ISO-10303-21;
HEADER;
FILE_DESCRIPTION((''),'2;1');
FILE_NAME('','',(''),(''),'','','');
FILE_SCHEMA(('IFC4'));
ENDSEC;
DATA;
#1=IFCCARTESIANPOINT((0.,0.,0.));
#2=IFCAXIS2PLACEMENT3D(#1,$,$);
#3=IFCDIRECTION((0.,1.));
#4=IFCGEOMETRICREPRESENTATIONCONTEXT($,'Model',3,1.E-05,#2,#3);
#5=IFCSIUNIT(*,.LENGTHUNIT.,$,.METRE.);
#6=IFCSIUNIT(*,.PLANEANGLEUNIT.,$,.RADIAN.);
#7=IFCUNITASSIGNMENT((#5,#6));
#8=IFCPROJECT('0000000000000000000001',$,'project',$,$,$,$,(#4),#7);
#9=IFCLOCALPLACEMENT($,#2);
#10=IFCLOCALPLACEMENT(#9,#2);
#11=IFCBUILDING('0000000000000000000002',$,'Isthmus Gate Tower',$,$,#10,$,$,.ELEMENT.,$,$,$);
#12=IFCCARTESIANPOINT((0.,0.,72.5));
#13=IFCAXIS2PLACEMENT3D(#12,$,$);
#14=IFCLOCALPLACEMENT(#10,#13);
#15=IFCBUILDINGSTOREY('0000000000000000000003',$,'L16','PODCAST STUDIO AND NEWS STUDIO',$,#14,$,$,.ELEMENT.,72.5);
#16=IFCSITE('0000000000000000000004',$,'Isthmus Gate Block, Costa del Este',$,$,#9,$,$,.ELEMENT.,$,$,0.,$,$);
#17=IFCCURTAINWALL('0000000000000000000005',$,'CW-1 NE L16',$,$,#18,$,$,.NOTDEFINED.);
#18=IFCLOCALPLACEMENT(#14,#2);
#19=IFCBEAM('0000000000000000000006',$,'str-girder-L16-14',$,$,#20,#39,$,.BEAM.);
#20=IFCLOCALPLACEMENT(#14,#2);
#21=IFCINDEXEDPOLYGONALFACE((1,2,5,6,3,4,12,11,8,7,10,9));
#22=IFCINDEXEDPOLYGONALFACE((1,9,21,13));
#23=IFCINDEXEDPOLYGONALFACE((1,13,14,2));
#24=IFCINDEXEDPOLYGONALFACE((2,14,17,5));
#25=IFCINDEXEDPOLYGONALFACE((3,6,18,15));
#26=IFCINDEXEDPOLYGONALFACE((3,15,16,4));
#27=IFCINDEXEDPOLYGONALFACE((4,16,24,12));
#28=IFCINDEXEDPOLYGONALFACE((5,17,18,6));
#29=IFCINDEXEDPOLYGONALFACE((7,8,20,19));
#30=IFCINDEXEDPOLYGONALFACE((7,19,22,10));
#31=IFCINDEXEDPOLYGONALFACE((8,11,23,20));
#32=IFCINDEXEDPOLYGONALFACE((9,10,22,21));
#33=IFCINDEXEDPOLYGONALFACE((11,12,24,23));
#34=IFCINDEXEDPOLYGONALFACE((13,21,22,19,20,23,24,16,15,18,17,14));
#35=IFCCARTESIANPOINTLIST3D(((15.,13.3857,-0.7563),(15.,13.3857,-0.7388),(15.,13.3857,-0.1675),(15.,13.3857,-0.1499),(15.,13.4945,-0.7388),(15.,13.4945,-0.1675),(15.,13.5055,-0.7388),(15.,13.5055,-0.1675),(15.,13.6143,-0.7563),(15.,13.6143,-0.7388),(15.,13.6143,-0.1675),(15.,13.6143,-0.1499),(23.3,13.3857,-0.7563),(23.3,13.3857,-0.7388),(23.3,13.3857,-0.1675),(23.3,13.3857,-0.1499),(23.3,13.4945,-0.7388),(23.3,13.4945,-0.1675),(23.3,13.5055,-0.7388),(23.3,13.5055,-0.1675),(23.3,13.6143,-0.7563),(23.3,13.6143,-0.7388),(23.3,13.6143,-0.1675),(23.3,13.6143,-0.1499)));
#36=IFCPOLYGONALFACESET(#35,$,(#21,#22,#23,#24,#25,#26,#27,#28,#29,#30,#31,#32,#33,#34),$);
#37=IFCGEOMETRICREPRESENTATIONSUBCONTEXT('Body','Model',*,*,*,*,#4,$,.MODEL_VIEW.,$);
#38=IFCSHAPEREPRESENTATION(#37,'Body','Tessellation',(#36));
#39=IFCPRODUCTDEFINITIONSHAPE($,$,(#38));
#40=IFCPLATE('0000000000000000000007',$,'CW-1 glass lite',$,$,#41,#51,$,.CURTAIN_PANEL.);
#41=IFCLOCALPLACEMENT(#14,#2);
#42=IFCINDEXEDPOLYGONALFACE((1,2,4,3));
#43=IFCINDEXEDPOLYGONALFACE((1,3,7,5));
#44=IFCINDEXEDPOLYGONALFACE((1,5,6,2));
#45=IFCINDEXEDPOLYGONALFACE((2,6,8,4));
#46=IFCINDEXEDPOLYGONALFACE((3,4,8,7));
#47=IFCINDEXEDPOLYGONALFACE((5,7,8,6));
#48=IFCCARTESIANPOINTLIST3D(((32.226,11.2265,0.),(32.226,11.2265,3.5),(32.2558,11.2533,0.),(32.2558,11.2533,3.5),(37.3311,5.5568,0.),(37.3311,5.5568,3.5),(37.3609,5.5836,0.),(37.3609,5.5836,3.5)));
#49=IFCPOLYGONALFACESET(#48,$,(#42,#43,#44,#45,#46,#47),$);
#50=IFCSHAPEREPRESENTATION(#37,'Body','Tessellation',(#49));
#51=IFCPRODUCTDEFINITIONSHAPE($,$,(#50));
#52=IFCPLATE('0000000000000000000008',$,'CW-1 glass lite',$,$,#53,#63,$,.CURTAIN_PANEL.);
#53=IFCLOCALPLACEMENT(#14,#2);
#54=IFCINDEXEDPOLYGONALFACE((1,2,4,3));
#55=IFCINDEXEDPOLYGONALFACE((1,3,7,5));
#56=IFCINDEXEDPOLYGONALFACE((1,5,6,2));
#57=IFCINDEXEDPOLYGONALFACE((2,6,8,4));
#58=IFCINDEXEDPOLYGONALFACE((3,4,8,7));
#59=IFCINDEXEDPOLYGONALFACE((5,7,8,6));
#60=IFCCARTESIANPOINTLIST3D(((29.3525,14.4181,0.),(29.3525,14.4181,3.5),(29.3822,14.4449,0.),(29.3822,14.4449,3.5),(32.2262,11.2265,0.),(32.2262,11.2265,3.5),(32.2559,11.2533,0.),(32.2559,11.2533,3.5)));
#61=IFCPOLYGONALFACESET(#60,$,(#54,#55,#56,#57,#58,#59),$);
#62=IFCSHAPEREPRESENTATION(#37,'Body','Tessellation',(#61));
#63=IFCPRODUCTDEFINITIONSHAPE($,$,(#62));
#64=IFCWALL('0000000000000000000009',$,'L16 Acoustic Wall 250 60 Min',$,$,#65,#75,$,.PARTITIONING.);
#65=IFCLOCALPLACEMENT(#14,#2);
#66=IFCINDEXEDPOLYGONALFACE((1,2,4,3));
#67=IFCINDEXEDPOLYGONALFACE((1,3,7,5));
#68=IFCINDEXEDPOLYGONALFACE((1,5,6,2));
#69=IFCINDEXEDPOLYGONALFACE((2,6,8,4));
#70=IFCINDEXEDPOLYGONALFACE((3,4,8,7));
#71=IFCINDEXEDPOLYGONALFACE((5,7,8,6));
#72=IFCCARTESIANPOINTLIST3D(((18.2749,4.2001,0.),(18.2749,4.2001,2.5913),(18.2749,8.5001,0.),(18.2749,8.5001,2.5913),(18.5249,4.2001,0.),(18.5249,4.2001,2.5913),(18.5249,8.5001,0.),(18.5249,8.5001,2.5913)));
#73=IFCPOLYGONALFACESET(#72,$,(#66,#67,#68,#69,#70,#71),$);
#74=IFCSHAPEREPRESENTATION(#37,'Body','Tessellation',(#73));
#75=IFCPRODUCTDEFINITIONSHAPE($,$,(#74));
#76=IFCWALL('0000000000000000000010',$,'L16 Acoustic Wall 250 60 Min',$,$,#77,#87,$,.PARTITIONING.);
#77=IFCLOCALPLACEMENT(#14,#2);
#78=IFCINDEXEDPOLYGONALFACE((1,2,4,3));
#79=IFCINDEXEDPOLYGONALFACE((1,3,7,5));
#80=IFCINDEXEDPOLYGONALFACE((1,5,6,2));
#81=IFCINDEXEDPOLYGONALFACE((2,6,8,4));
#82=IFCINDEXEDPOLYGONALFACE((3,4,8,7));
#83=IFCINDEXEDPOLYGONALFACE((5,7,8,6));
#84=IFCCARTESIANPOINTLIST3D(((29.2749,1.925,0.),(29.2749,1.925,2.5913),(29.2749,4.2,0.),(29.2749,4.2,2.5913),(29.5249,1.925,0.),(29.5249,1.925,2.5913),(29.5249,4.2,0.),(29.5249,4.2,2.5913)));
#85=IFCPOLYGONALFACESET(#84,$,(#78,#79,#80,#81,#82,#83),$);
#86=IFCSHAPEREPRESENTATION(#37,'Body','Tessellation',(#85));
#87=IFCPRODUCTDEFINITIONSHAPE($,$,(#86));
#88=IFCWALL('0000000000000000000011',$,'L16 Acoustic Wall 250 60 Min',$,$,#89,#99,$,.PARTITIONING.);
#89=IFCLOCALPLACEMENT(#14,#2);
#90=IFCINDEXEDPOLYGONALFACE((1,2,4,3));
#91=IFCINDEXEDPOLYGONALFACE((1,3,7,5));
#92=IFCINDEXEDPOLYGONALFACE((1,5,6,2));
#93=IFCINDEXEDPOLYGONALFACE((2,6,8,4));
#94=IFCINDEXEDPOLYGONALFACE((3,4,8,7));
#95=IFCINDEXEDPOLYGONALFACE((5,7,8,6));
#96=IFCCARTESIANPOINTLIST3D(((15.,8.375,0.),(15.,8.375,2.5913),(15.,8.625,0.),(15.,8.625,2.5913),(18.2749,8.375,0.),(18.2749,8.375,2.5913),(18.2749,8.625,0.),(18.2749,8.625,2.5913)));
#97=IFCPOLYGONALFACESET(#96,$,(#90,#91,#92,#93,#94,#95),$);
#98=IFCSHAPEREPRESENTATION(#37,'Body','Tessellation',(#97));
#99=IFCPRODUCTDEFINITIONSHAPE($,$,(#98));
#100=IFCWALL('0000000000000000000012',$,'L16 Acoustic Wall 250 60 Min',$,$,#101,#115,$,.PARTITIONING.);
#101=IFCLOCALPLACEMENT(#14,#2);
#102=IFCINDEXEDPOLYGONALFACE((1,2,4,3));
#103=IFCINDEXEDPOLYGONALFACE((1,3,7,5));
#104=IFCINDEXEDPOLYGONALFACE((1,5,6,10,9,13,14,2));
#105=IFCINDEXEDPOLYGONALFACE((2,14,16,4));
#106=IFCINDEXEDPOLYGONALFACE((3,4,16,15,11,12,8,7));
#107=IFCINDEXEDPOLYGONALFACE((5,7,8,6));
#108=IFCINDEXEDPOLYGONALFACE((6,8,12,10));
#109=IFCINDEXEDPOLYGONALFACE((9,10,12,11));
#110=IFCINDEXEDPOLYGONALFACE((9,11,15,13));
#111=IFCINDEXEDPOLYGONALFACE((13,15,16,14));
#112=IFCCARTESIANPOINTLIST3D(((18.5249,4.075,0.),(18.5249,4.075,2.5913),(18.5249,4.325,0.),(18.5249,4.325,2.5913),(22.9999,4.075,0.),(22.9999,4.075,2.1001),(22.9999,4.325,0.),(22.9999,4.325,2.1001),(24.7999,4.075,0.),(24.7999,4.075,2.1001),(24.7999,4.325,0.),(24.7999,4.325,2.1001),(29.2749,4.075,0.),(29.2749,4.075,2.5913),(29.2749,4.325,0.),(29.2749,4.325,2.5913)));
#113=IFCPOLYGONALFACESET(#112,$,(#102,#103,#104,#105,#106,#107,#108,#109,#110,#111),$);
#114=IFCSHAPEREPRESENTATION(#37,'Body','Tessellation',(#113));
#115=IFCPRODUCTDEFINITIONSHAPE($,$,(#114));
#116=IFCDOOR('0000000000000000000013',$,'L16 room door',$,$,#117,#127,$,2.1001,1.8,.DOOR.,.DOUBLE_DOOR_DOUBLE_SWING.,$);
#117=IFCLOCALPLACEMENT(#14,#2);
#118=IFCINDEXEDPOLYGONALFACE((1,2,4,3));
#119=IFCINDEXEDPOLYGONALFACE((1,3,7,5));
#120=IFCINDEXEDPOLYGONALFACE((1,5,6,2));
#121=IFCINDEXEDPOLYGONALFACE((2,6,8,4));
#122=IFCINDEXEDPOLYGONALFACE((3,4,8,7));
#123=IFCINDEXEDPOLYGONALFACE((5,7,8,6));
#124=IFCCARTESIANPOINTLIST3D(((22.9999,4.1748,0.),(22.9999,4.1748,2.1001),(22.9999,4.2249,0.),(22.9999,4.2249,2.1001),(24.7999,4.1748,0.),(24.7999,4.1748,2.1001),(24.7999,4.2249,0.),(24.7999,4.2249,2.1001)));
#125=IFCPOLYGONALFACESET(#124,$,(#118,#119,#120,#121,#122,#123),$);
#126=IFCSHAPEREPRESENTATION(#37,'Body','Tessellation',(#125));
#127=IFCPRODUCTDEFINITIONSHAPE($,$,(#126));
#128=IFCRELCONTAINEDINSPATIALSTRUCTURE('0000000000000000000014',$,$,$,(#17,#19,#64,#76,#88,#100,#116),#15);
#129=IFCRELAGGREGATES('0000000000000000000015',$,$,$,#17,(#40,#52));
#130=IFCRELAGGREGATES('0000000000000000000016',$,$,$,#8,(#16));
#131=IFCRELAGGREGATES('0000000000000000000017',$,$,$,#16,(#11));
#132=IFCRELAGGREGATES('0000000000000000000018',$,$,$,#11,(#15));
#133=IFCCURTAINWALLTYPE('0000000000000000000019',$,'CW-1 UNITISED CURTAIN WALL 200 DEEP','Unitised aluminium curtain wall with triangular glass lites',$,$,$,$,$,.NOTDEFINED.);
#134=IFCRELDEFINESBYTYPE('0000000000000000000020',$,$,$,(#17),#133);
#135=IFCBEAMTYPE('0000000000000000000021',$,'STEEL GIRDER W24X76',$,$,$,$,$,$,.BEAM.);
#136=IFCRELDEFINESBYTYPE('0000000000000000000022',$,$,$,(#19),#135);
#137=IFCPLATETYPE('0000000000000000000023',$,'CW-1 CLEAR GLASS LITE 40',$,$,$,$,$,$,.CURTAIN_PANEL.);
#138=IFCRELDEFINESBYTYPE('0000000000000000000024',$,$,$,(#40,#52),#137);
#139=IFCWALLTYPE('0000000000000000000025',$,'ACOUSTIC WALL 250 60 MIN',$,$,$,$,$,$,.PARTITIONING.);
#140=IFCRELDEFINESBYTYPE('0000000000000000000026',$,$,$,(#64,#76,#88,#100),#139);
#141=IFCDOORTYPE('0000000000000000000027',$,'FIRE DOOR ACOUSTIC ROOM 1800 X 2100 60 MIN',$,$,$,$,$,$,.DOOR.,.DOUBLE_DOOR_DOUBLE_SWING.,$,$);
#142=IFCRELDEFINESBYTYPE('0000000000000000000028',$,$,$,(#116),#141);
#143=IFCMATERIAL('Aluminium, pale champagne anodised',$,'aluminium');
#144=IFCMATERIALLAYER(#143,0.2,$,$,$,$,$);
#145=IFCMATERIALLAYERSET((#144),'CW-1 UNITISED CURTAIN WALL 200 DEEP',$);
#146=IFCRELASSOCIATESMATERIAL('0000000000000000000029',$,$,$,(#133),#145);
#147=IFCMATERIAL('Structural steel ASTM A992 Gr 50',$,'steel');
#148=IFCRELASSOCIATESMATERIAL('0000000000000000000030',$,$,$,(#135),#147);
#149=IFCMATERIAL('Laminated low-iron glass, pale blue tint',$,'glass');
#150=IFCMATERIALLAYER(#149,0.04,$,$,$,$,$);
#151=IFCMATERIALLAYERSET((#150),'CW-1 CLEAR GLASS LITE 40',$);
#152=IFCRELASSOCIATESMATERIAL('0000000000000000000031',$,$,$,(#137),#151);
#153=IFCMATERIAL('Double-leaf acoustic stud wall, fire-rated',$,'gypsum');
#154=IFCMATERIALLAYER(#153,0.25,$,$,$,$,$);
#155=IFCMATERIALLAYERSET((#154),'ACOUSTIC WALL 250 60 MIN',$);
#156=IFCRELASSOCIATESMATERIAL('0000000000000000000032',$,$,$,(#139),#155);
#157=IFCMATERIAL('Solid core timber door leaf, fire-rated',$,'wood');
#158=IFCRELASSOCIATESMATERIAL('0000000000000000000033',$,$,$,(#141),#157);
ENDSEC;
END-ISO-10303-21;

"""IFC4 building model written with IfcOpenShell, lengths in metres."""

from ifc_helpers import new_model, si_unit, direction, frame, frame_2d, origin, origin_2d, place, context, subcontext, project, spatial, rectangle, i_section, extrude, material, layer, layer_set, material_profile, profile_set, type_object, element, fill, aggregate, save


model = new_model("IFC4")

# Units and contexts
model_context = context("Model", 3, precision=1e-05, world=origin(), true_north=direction((0.0, 1.0)))
body_context = subcontext(model_context, "Body", "Model", "MODEL_VIEW")
ifc_project = project(units=[si_unit("LENGTHUNIT", "METRE"), si_unit("PLANEANGLEUNIT", "RADIAN")], contexts=[model_context])

# Site, building, storey
site_placement = place(None, origin())
site = spatial("IfcSite", under=ifc_project, at=site_placement, Name="Isthmus Gate Block, Costa del Este", CompositionType="ELEMENT", RefElevation=0.0)
building_placement = place(site_placement, origin())
building = spatial("IfcBuilding", under=site, at=building_placement, Name="Isthmus Gate Tower", CompositionType="ELEMENT")
storey_placement = place(building_placement, frame((0.0, 0.0, 72.5)))
storey = spatial("IfcBuildingStorey", under=building, at=storey_placement, Name="L16", Description="PODCAST STUDIO AND NEWS STUDIO", CompositionType="ELEMENT", Elevation=72.5)

# Curtain wall
ifc_material_1 = material(Name="Aluminium, pale champagne anodised", Category="aluminium")
ifc_layer_1 = layer(ifc_material_1, 0.2)
ifc_layer_set_1 = layer_set([ifc_layer_1], Name="CW-1 UNITISED CURTAIN WALL 200 DEEP")
curtain_wall_type = type_object("IfcCurtainWallType", Name="CW-1 UNITISED CURTAIN WALL 200 DEEP", Description="Unitised aluminium curtain wall with triangular glass lites", PredefinedType="NOTDEFINED", material=ifc_layer_set_1)
curtain_wall_placement = place(storey_placement, origin())
curtain_wall = element("IfcCurtainWall", 1, at=curtain_wall_placement, inside=storey, type_object=curtain_wall_type, Name="CW-1 NE L16", PredefinedType="NOTDEFINED")

# Beam
ifc_material_2 = material(Name="Structural steel ASTM A992 Gr 50", Category="steel")
ifc_material_profile_1 = material_profile(ifc_material_2, i_section(OverallWidth=0.2285, OverallDepth=0.6064, WebThickness=0.011, FlangeThickness=0.0176, at=origin_2d()), Name="W24X76")
ifc_profile_set_1 = profile_set([ifc_material_profile_1], Name="Structural steel ASTM A992 Gr 50")
beam_type_1 = type_object("IfcBeamType", Name="STEEL GIRDER W24X76", PredefinedType="BEAM", material=ifc_profile_set_1)
beam_1_placement = place(storey_placement, frame((15.0, 13.5, -0.4531), z_axis=(1.0, 0.0, 0.0), x_axis=(0.0, 1.0, 0.0)))
element("IfcBeam", 2, at=beam_1_placement, inside=storey, type_object=beam_type_1, Name="str-girder-L16-14", PredefinedType="BEAM", context=body_context, shape_type="SweptSolid", body=[
    extrude(i_section(OverallWidth=0.2285, OverallDepth=0.6064, WebThickness=0.011, FlangeThickness=0.0176, at=origin_2d()), origin(), (0.0, 0.0, 1.0), 8.3),
])

# Plates
ifc_material_3 = material(Name="Laminated low-iron glass, pale blue tint", Category="glass")
ifc_layer_2 = layer(ifc_material_3, 0.04)
ifc_layer_set_2 = layer_set([ifc_layer_2], Name="CW-1 CLEAR GLASS LITE 40")
plate_type = type_object("IfcPlateType", Name="CW-1 CLEAR GLASS LITE 40", PredefinedType="CURTAIN_PANEL", material=ifc_layer_set_2)
plate_1_placement = place(storey_placement, frame((34.7935, 8.405, 0.0), z_axis=(0.0, 0.0, 1.0), x_axis=(-0.669131, 0.743145, 0.0)))
plate_1 = element("IfcPlate", 3, at=plate_1_placement, type_object=plate_type, Name="CW-1 glass lite", PredefinedType="CURTAIN_PANEL", context=body_context, shape_type="SweptSolid", body=[
    extrude(rectangle(XDim=7.6294, YDim=0.04, at=origin_2d()), origin(), (0.0, 0.0, 1.0), 3.5),
])
plate_2_placement = place(storey_placement, frame((30.8042, 12.8357, 0.0), z_axis=(0.0, 0.0, 1.0), x_axis=(-0.669131, 0.743145, 0.0)))
plate_2 = element("IfcPlate", 4, at=plate_2_placement, type_object=plate_type, Name="CW-1 glass lite", PredefinedType="CURTAIN_PANEL", context=body_context, shape_type="SweptSolid", body=[
    extrude(rectangle(XDim=4.2947, YDim=0.04, at=origin_2d()), origin(), (0.0, 0.0, 1.0), 3.5),
])
aggregate(curtain_wall, [plate_1, plate_2])

# Walls
ifc_material_4 = material(Name="Double-leaf acoustic stud wall, fire-rated", Category="gypsum")
ifc_layer_3 = layer(ifc_material_4, 0.25)
ifc_layer_set_3 = layer_set([ifc_layer_3], Name="ACOUSTIC WALL 250 60 MIN")
wall_type = type_object("IfcWallType", Name="ACOUSTIC WALL 250 60 MIN", PredefinedType="PARTITIONING", material=ifc_layer_set_3)
wall_1_placement = place(storey_placement, frame((18.3999, 8.5, 0.0), z_axis=(0.0, 0.0, 1.0), x_axis=(0.0, -1.0, 0.0)))
element("IfcWall", 5, at=wall_1_placement, inside=storey, type_object=wall_type, Name="L16 Acoustic Wall 250 60 Min", PredefinedType="PARTITIONING", context=body_context, shape_type="SweptSolid", body=[
    extrude(rectangle(XDim=4.3, YDim=0.25, at=frame_2d((2.1499, 0.0))), origin(), (0.0, 0.0, 1.0), 2.5913),
])
wall_2_placement = place(storey_placement, frame((29.3999, 4.2, 0.0), z_axis=(0.0, 0.0, 1.0), x_axis=(0.0, -1.0, 0.0)))
element("IfcWall", 6, at=wall_2_placement, inside=storey, type_object=wall_type, Name="L16 Acoustic Wall 250 60 Min", PredefinedType="PARTITIONING", context=body_context, shape_type="SweptSolid", body=[
    extrude(rectangle(XDim=2.2749, YDim=0.25, at=frame_2d((1.1375, 0.0))), origin(), (0.0, 0.0, 1.0), 2.5913),
])
wall_3_placement = place(storey_placement, frame((15.0, 8.5, 0.0), z_axis=(0.0, 0.0, 1.0), x_axis=(1.0, 0.0, 0.0)))
element("IfcWall", 7, at=wall_3_placement, inside=storey, type_object=wall_type, Name="L16 Acoustic Wall 250 60 Min", PredefinedType="PARTITIONING", context=body_context, shape_type="SweptSolid", body=[
    extrude(rectangle(XDim=3.2749, YDim=0.25, at=frame_2d((1.6375, 0.0))), origin(), (0.0, 0.0, 1.0), 2.5913),
])

# Wall, opening, door
wall_4_placement = place(storey_placement, frame((18.5249, 4.2, 0.0), z_axis=(0.0, 0.0, 1.0), x_axis=(1.0, 0.0, 0.0)))
wall_4 = element("IfcWall", 8, at=wall_4_placement, inside=storey, type_object=wall_type, Name="L16 Acoustic Wall 250 60 Min", PredefinedType="PARTITIONING", context=body_context, shape_type="SweptSolid", body=[
    extrude(rectangle(XDim=10.75, YDim=0.25, at=frame_2d((5.375, 0.0))), origin(), (0.0, 0.0, 1.0), 2.5913),
])
opening_placement = place(wall_4_placement, frame((4.4751, 0.0, 0.0)))
opening = element("IfcOpeningElement", 9, at=opening_placement, cuts=wall_4, PredefinedType="OPENING", context=body_context, shape_type="SweptSolid", body=[
    extrude(rectangle(XDim=1.8, YDim=2.1001, at=frame_2d((0.8999, 1.05))), frame((0.0, 0.135, 0.0), z_axis=(0.0, -1.0, 0.0), x_axis=(1.0, 0.0, 0.0)), (0.0, 0.0, 1.0), 0.27),
])
ifc_material_5 = material(Name="Solid core timber door leaf, fire-rated", Category="wood")
door_type = type_object("IfcDoorType", Name="FIRE DOOR ACOUSTIC ROOM 1800 X 2100 60 MIN", OperationType="DOUBLE_DOOR_DOUBLE_SWING", PredefinedType="DOOR", material=ifc_material_5)
door_placement = place(opening_placement, origin())
door = element("IfcDoor", 10, at=door_placement, inside=storey, type_object=door_type, Name="L16 room door", OperationType="DOUBLE_DOOR_DOUBLE_SWING", OverallHeight=2.1001, OverallWidth=1.8, PredefinedType="DOOR", context=body_context, shape_type="SweptSolid", body=[
    extrude(rectangle(XDim=1.8, YDim=2.1001, at=frame_2d((0.8999, 1.05))), frame((0.0, 0.0249, 0.0), z_axis=(0.0, -1.0, 0.0), x_axis=(1.0, 0.0, 0.0)), (0.0, 0.0, 1.0), 0.05),
])
fill(opening, door)

save(model, "model.ifc")
